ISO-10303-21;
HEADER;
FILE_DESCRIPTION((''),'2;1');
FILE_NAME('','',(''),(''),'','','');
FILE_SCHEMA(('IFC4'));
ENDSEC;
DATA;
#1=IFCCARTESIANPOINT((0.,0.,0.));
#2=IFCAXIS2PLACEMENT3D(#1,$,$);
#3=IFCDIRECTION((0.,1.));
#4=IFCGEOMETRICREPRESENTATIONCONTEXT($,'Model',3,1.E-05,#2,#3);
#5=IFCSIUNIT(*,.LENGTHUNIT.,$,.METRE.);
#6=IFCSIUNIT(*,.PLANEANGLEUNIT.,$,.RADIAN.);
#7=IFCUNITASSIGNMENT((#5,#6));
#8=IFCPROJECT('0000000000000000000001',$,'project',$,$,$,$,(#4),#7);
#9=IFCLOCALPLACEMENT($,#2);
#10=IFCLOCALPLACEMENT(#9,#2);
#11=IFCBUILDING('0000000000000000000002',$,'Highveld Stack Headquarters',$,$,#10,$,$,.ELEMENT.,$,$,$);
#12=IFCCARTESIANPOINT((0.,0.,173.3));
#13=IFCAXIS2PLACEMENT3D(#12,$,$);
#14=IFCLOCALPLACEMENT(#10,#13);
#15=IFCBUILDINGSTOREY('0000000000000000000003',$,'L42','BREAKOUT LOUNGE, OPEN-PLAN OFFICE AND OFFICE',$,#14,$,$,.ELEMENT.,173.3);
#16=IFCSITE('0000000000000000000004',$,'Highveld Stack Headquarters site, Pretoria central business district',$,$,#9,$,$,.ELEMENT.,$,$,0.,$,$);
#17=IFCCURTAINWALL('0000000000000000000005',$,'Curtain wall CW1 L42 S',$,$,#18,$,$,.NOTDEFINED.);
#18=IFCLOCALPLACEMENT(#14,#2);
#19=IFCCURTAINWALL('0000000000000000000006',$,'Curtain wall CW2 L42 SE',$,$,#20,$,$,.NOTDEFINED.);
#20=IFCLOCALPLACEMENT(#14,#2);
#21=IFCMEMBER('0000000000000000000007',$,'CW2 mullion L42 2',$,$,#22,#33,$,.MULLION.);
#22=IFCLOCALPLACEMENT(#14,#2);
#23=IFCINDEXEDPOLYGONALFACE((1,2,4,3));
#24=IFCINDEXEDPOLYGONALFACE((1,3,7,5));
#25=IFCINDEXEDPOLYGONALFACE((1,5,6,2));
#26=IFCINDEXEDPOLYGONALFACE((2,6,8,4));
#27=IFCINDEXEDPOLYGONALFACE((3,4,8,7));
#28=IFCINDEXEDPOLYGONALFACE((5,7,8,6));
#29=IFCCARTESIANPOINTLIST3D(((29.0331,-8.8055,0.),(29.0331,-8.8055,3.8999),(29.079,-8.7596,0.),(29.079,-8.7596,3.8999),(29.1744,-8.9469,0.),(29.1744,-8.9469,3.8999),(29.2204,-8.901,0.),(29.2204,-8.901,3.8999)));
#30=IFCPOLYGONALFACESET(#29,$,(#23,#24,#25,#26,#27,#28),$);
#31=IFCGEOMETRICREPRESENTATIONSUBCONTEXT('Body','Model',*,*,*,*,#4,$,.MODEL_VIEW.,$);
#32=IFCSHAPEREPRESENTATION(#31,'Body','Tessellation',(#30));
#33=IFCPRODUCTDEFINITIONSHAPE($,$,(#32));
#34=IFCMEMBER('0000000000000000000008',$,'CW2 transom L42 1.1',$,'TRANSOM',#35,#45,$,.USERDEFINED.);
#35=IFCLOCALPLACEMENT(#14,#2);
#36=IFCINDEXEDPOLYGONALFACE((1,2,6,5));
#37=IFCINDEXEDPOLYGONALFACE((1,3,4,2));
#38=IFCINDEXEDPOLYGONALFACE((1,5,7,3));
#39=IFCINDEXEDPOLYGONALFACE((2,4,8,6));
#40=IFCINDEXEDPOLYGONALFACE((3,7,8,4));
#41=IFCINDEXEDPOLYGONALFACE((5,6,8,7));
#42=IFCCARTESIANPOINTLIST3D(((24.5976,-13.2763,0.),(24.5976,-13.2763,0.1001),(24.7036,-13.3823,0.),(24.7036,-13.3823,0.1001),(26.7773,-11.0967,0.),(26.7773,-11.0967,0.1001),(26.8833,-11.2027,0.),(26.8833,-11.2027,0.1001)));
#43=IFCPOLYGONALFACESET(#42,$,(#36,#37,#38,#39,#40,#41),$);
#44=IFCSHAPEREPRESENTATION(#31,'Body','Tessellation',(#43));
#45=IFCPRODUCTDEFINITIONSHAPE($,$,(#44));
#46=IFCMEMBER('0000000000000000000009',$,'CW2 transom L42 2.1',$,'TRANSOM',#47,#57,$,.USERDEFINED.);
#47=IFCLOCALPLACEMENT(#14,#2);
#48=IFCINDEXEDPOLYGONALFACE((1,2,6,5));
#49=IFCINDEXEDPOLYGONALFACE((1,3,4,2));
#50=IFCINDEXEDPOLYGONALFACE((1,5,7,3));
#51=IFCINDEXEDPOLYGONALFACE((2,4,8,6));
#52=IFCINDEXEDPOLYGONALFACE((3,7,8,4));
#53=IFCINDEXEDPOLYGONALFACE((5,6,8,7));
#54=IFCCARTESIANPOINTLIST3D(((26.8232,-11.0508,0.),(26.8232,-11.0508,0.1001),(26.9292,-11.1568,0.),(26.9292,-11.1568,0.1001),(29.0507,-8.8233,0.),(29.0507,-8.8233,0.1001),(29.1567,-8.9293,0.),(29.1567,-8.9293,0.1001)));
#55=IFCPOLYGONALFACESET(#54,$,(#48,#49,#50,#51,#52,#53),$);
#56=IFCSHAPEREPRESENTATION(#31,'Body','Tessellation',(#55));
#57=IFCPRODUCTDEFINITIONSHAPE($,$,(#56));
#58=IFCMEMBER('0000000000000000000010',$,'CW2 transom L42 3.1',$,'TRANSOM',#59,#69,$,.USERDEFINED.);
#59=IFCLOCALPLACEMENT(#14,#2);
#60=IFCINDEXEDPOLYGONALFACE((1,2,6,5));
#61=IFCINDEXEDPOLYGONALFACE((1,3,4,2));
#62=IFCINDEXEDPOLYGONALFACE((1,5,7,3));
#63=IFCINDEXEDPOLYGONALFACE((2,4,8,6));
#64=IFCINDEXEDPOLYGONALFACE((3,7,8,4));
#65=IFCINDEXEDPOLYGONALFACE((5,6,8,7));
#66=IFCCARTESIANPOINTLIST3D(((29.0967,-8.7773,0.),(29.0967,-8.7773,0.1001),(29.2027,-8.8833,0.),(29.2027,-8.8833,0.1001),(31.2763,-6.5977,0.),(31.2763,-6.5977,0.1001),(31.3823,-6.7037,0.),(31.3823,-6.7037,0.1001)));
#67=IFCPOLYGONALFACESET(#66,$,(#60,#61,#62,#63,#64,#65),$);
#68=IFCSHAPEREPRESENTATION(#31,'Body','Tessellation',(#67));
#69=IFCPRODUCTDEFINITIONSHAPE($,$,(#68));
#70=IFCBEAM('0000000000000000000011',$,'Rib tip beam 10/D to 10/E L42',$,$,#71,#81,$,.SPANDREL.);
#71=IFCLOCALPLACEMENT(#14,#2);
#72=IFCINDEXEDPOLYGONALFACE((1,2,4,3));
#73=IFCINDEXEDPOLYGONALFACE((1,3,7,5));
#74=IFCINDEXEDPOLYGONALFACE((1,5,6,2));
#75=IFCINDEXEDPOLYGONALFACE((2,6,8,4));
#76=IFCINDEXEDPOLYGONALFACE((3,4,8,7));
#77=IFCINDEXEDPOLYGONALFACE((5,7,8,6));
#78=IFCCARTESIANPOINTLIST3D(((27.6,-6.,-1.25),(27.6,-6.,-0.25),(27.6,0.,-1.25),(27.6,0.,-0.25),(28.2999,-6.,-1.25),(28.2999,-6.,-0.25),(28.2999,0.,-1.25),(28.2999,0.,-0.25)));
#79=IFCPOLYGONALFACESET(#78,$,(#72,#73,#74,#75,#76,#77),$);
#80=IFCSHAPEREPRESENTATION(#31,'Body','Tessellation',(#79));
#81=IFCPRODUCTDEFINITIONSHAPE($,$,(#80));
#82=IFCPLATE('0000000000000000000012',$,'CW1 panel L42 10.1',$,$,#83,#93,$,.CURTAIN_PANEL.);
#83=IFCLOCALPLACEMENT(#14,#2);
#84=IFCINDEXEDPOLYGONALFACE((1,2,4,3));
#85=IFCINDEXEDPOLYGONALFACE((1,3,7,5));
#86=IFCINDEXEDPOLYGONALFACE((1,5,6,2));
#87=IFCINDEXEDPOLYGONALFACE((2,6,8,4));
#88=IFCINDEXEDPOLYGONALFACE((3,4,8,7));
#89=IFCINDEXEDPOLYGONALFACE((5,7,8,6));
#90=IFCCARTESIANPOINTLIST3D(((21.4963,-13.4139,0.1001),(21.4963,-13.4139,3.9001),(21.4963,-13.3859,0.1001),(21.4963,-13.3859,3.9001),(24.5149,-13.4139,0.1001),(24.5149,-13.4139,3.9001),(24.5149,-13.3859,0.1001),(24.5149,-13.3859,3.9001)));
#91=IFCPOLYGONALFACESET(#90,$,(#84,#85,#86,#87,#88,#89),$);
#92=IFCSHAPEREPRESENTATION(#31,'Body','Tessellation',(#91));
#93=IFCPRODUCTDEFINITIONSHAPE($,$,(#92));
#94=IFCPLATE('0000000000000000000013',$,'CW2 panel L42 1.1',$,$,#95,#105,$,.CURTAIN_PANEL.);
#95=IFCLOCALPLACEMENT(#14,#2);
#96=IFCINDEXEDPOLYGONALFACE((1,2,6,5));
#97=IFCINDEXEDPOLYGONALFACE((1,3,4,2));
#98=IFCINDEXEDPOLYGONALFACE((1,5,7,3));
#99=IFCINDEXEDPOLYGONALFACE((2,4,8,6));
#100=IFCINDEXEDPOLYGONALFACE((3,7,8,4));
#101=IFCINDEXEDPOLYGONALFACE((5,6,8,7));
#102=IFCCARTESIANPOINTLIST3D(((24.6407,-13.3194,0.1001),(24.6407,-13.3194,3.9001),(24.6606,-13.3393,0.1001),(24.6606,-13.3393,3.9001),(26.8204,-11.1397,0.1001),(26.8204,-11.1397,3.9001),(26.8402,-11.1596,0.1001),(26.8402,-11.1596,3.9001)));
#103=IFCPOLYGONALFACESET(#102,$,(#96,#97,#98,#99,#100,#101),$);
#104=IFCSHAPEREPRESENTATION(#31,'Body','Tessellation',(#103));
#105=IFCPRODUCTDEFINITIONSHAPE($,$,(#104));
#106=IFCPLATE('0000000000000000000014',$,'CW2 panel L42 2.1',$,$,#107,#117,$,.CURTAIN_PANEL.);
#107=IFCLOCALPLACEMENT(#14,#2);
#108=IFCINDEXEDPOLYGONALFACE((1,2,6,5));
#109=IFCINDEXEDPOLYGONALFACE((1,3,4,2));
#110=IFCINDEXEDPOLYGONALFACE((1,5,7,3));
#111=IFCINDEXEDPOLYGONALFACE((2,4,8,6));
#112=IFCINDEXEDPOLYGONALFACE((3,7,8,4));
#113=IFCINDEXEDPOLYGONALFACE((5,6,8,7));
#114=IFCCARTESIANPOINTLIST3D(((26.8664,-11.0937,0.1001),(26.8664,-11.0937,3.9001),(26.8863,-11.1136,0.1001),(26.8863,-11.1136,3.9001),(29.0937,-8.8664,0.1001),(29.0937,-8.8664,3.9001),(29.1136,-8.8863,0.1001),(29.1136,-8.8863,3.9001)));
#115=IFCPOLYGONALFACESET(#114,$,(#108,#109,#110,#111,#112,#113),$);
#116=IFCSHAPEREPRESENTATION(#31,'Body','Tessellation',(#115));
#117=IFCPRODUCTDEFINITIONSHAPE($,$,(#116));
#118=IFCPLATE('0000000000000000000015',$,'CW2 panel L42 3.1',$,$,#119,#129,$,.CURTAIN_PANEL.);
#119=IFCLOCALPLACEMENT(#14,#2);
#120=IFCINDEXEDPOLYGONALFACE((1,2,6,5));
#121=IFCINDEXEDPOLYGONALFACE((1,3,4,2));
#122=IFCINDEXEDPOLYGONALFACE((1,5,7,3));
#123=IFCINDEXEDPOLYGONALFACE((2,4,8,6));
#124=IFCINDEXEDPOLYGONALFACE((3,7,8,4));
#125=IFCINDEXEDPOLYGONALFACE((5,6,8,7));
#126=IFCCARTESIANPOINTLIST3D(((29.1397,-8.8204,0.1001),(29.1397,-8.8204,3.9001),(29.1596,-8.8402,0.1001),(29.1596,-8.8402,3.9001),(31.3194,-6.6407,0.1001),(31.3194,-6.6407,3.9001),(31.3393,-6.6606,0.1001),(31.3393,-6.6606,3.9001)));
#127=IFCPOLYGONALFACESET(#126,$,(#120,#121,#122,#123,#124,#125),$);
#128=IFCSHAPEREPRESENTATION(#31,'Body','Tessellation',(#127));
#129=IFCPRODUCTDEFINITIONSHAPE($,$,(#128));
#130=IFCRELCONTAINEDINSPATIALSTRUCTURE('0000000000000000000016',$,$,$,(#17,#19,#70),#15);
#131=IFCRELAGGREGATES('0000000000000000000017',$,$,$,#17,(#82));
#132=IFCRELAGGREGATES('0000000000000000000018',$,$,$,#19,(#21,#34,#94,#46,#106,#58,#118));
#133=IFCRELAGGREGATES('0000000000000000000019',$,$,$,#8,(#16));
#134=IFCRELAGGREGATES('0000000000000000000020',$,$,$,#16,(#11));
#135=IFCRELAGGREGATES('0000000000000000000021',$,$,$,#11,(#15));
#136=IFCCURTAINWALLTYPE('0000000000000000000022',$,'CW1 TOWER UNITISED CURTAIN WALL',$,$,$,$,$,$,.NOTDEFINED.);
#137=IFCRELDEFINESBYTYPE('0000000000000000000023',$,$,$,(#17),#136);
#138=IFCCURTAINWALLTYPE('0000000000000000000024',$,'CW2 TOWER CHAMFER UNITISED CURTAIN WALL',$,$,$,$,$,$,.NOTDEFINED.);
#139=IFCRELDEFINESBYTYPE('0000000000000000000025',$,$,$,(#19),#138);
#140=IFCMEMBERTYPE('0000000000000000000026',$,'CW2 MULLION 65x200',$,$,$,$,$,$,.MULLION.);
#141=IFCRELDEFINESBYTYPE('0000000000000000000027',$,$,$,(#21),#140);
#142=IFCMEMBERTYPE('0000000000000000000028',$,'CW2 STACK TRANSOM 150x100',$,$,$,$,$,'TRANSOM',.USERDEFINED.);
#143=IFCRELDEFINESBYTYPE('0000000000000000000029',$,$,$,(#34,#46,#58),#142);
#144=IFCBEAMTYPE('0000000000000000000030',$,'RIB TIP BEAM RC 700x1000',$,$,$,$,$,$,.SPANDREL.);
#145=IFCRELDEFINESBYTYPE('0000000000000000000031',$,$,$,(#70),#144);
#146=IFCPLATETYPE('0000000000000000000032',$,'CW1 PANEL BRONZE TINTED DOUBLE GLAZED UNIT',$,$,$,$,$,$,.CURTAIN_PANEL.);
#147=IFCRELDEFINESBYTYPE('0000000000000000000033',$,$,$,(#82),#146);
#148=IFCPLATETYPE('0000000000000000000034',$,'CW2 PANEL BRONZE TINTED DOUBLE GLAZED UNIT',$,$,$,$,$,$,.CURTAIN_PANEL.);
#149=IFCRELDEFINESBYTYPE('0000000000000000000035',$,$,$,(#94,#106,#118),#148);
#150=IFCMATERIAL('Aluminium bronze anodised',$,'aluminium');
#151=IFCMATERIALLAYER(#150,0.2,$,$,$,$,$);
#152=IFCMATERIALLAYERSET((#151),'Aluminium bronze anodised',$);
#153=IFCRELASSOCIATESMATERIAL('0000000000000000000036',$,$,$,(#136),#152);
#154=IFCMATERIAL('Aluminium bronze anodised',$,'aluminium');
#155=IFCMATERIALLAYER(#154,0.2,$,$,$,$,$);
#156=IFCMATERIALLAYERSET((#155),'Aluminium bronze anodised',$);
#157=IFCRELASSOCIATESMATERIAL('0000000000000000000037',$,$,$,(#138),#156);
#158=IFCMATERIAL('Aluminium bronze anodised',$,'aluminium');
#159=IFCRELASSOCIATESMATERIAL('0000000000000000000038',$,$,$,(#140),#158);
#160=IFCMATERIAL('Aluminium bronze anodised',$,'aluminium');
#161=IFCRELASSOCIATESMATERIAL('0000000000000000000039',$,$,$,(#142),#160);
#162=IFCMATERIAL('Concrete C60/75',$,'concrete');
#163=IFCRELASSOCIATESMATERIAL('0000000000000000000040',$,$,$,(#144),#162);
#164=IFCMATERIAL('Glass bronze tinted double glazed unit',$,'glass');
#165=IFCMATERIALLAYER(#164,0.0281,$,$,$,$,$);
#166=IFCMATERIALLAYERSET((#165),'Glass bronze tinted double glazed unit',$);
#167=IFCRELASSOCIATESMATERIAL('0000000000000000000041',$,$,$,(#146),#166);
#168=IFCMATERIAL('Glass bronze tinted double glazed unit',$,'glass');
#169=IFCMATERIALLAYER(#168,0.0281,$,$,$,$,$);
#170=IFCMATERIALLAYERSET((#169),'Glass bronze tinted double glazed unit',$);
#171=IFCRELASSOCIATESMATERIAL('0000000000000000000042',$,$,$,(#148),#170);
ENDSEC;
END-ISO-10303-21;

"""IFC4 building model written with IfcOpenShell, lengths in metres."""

from ifc_helpers import new_model, si_unit, direction, frame, origin, origin_2d, place, context, subcontext, project, spatial, rectangle, extrude, material, layer, layer_set, material_profile, profile_set, type_object, element, aggregate, save


model = new_model("IFC4")

# Units and contexts
model_context = context("Model", 3, precision=1e-05, world=origin(), true_north=direction((0.0, 1.0)))
body_context = subcontext(model_context, "Body", "Model", "MODEL_VIEW")
ifc_project = project(units=[si_unit("LENGTHUNIT", "METRE"), si_unit("PLANEANGLEUNIT", "RADIAN")], contexts=[model_context])

# Site, building, storey
site_placement = place(None, origin())
site = spatial("IfcSite", under=ifc_project, at=site_placement, Name="Highveld Stack Headquarters site, Pretoria central business district", CompositionType="ELEMENT", RefElevation=0.0)
building_placement = place(site_placement, origin())
building = spatial("IfcBuilding", under=site, at=building_placement, Name="Highveld Stack Headquarters", CompositionType="ELEMENT")
storey_placement = place(building_placement, frame((0.0, 0.0, 173.3)))
storey = spatial("IfcBuildingStorey", under=building, at=storey_placement, Name="L42", Description="BREAKOUT LOUNGE, OPEN-PLAN OFFICE AND OFFICE", CompositionType="ELEMENT", Elevation=173.3)

# Curtain wall
ifc_material_1 = material(Name="Aluminium bronze anodised", Category="aluminium")
ifc_layer_1 = layer(ifc_material_1, 0.2)
ifc_layer_set_1 = layer_set([ifc_layer_1], Name="Aluminium bronze anodised")
curtain_wall_type_1 = type_object("IfcCurtainWallType", Name="CW1 TOWER UNITISED CURTAIN WALL", PredefinedType="NOTDEFINED", material=ifc_layer_set_1)
curtain_wall_1_placement = place(storey_placement, origin())
curtain_wall_1 = element("IfcCurtainWall", 1, at=curtain_wall_1_placement, inside=storey, type_object=curtain_wall_type_1, Name="Curtain wall CW1 L42 S", PredefinedType="NOTDEFINED")

# Curtain wall, members
ifc_material_2 = material(Name="Aluminium bronze anodised", Category="aluminium")
ifc_layer_2 = layer(ifc_material_2, 0.2)
ifc_layer_set_2 = layer_set([ifc_layer_2], Name="Aluminium bronze anodised")
curtain_wall_type_2 = type_object("IfcCurtainWallType", Name="CW2 TOWER CHAMFER UNITISED CURTAIN WALL", PredefinedType="NOTDEFINED", material=ifc_layer_set_2)
curtain_wall_2_placement = place(storey_placement, origin())
curtain_wall_2 = element("IfcCurtainWall", 2, at=curtain_wall_2_placement, inside=storey, type_object=curtain_wall_type_2, Name="Curtain wall CW2 L42 SE", PredefinedType="NOTDEFINED")
ifc_material_3 = material(Name="Aluminium bronze anodised", Category="aluminium")
ifc_material_profile_1 = material_profile(ifc_material_3, rectangle(XDim=0.2, YDim=0.0649, at=origin_2d()), Name="CW2 MULLION 65x200")
ifc_profile_set_1 = profile_set([ifc_material_profile_1], Name="Aluminium bronze anodised")
member_type_1 = type_object("IfcMemberType", Name="CW2 MULLION 65x200", PredefinedType="MULLION", material=ifc_profile_set_1)
member_1_placement = place(storey_placement, frame((29.1267, -8.8533, 0.0), z_axis=(0.0, 0.0, 1.0), x_axis=(-0.707107, 0.707107, 0.0)))
member_1 = element("IfcMember", 3, at=member_1_placement, type_object=member_type_1, Name="CW2 mullion L42 2", PredefinedType="MULLION", context=body_context, shape_type="SweptSolid", body=[
    extrude(rectangle(XDim=0.2, YDim=0.0649, at=origin_2d()), origin(), (0.0, 0.0, 1.0), 3.8999),
])
ifc_material_4 = material(Name="Aluminium bronze anodised", Category="aluminium")
ifc_material_profile_2 = material_profile(ifc_material_4, rectangle(XDim=0.1499, YDim=0.1001, at=origin_2d()), Name="CW2 TRANSOM 150x100")
ifc_profile_set_2 = profile_set([ifc_material_profile_2], Name="Aluminium bronze anodised")
member_type_2 = type_object("IfcMemberType", Name="CW2 STACK TRANSOM 150x100", ElementType="TRANSOM", PredefinedType="USERDEFINED", material=ifc_profile_set_2)
member_2_placement = place(storey_placement, frame((24.6506, -13.3293, 0.05), z_axis=(0.707107, 0.707107, 0.0), x_axis=(-0.707107, 0.707107, 0.0)))
member_2 = element("IfcMember", 4, at=member_2_placement, type_object=member_type_2, Name="CW2 transom L42 1.1", ObjectType="TRANSOM", PredefinedType="USERDEFINED", context=body_context, shape_type="SweptSolid", body=[
    extrude(rectangle(XDim=0.1499, YDim=0.1001, at=origin_2d()), origin(), (0.0, 0.0, 1.0), 3.0825),
])
member_3_placement = place(storey_placement, frame((26.8762, -11.1038, 0.05), z_axis=(0.707107, 0.707107, 0.0), x_axis=(-0.707107, 0.707107, 0.0)))
member_3 = element("IfcMember", 5, at=member_3_placement, type_object=member_type_2, Name="CW2 transom L42 2.1", ObjectType="TRANSOM", PredefinedType="USERDEFINED", context=body_context, shape_type="SweptSolid", body=[
    extrude(rectangle(XDim=0.1499, YDim=0.1001, at=origin_2d()), origin(), (0.0, 0.0, 1.0), 3.1501),
])
member_4_placement = place(storey_placement, frame((29.1497, -8.8303, 0.05), z_axis=(0.707107, 0.707107, 0.0), x_axis=(-0.707107, 0.707107, 0.0)))
member_4 = element("IfcMember", 6, at=member_4_placement, type_object=member_type_2, Name="CW2 transom L42 3.1", ObjectType="TRANSOM", PredefinedType="USERDEFINED", context=body_context, shape_type="SweptSolid", body=[
    extrude(rectangle(XDim=0.1499, YDim=0.1001, at=origin_2d()), origin(), (0.0, 0.0, 1.0), 3.0825),
])

# Beam
ifc_material_5 = material(Name="Concrete C60/75", Category="concrete")
ifc_material_profile_3 = material_profile(ifc_material_5, rectangle(XDim=0.7, YDim=1.0, at=origin_2d()), Name="RC 700x1000")
ifc_profile_set_3 = profile_set([ifc_material_profile_3], Name="Concrete C60/75")
beam_type_1 = type_object("IfcBeamType", Name="RIB TIP BEAM RC 700x1000", PredefinedType="SPANDREL", material=ifc_profile_set_3)
beam_1_placement = place(storey_placement, frame((27.95, -6.0, -0.75), z_axis=(0.0, 1.0, 0.0), x_axis=(-1.0, 0.0, 0.0)))
element("IfcBeam", 7, at=beam_1_placement, inside=storey, type_object=beam_type_1, Name="Rib tip beam 10/D to 10/E L42", PredefinedType="SPANDREL", context=body_context, shape_type="SweptSolid", body=[
    extrude(rectangle(XDim=0.7, YDim=1.0, at=origin_2d()), origin(), (0.0, 0.0, 1.0), 6.0),
])

# Plates
ifc_material_6 = material(Name="Glass bronze tinted double glazed unit", Category="glass")
ifc_layer_3 = layer(ifc_material_6, 0.0281)
ifc_layer_set_3 = layer_set([ifc_layer_3], Name="Glass bronze tinted double glazed unit")
plate_type_1 = type_object("IfcPlateType", Name="CW1 PANEL BRONZE TINTED DOUBLE GLAZED UNIT", PredefinedType="CURTAIN_PANEL", material=ifc_layer_set_3)
plate_1_placement = place(storey_placement, frame((23.0056, -13.3999, 0.1001), z_axis=(0.0, 0.0, 1.0), x_axis=(1.0, 0.0, 0.0)))
plate_1 = element("IfcPlate", 8, at=plate_1_placement, type_object=plate_type_1, Name="CW1 panel L42 10.1", PredefinedType="CURTAIN_PANEL", context=body_context, shape_type="SweptSolid", body=[
    extrude(rectangle(XDim=3.0186, YDim=0.0281, at=origin_2d()), origin(), (0.0, 0.0, 1.0), 3.8),
])
aggregate(curtain_wall_1, [plate_1])
ifc_material_7 = material(Name="Glass bronze tinted double glazed unit", Category="glass")
ifc_layer_4 = layer(ifc_material_7, 0.0281)
ifc_layer_set_4 = layer_set([ifc_layer_4], Name="Glass bronze tinted double glazed unit")
plate_type_2 = type_object("IfcPlateType", Name="CW2 PANEL BRONZE TINTED DOUBLE GLAZED UNIT", PredefinedType="CURTAIN_PANEL", material=ifc_layer_set_4)
plate_2_placement = place(storey_placement, frame((25.7405, -12.2395, 0.1001), z_axis=(0.0, 0.0, 1.0), x_axis=(0.707107, 0.707107, 0.0)))
plate_2 = element("IfcPlate", 9, at=plate_2_placement, type_object=plate_type_2, Name="CW2 panel L42 1.1", PredefinedType="CURTAIN_PANEL", context=body_context, shape_type="SweptSolid", body=[
    extrude(rectangle(XDim=3.0825, YDim=0.0281, at=origin_2d()), origin(), (0.0, 0.0, 1.0), 3.8),
])
plate_3_placement = place(storey_placement, frame((27.99, -9.99, 0.1001), z_axis=(0.0, 0.0, 1.0), x_axis=(0.707107, 0.707107, 0.0)))
plate_3 = element("IfcPlate", 10, at=plate_3_placement, type_object=plate_type_2, Name="CW2 panel L42 2.1", PredefinedType="CURTAIN_PANEL", context=body_context, shape_type="SweptSolid", body=[
    extrude(rectangle(XDim=3.1499, YDim=0.0281, at=origin_2d()), origin(), (0.0, 0.0, 1.0), 3.8),
])
plate_4_placement = place(storey_placement, frame((30.2395, -7.7405, 0.1001), z_axis=(0.0, 0.0, 1.0), x_axis=(0.707107, 0.707107, 0.0)))
plate_4 = element("IfcPlate", 11, at=plate_4_placement, type_object=plate_type_2, Name="CW2 panel L42 3.1", PredefinedType="CURTAIN_PANEL", context=body_context, shape_type="SweptSolid", body=[
    extrude(rectangle(XDim=3.0825, YDim=0.0281, at=origin_2d()), origin(), (0.0, 0.0, 1.0), 3.8),
])
aggregate(curtain_wall_2, [member_1, member_2, plate_2, member_3, plate_3, member_4, plate_4])

save(model, "model.ifc")
